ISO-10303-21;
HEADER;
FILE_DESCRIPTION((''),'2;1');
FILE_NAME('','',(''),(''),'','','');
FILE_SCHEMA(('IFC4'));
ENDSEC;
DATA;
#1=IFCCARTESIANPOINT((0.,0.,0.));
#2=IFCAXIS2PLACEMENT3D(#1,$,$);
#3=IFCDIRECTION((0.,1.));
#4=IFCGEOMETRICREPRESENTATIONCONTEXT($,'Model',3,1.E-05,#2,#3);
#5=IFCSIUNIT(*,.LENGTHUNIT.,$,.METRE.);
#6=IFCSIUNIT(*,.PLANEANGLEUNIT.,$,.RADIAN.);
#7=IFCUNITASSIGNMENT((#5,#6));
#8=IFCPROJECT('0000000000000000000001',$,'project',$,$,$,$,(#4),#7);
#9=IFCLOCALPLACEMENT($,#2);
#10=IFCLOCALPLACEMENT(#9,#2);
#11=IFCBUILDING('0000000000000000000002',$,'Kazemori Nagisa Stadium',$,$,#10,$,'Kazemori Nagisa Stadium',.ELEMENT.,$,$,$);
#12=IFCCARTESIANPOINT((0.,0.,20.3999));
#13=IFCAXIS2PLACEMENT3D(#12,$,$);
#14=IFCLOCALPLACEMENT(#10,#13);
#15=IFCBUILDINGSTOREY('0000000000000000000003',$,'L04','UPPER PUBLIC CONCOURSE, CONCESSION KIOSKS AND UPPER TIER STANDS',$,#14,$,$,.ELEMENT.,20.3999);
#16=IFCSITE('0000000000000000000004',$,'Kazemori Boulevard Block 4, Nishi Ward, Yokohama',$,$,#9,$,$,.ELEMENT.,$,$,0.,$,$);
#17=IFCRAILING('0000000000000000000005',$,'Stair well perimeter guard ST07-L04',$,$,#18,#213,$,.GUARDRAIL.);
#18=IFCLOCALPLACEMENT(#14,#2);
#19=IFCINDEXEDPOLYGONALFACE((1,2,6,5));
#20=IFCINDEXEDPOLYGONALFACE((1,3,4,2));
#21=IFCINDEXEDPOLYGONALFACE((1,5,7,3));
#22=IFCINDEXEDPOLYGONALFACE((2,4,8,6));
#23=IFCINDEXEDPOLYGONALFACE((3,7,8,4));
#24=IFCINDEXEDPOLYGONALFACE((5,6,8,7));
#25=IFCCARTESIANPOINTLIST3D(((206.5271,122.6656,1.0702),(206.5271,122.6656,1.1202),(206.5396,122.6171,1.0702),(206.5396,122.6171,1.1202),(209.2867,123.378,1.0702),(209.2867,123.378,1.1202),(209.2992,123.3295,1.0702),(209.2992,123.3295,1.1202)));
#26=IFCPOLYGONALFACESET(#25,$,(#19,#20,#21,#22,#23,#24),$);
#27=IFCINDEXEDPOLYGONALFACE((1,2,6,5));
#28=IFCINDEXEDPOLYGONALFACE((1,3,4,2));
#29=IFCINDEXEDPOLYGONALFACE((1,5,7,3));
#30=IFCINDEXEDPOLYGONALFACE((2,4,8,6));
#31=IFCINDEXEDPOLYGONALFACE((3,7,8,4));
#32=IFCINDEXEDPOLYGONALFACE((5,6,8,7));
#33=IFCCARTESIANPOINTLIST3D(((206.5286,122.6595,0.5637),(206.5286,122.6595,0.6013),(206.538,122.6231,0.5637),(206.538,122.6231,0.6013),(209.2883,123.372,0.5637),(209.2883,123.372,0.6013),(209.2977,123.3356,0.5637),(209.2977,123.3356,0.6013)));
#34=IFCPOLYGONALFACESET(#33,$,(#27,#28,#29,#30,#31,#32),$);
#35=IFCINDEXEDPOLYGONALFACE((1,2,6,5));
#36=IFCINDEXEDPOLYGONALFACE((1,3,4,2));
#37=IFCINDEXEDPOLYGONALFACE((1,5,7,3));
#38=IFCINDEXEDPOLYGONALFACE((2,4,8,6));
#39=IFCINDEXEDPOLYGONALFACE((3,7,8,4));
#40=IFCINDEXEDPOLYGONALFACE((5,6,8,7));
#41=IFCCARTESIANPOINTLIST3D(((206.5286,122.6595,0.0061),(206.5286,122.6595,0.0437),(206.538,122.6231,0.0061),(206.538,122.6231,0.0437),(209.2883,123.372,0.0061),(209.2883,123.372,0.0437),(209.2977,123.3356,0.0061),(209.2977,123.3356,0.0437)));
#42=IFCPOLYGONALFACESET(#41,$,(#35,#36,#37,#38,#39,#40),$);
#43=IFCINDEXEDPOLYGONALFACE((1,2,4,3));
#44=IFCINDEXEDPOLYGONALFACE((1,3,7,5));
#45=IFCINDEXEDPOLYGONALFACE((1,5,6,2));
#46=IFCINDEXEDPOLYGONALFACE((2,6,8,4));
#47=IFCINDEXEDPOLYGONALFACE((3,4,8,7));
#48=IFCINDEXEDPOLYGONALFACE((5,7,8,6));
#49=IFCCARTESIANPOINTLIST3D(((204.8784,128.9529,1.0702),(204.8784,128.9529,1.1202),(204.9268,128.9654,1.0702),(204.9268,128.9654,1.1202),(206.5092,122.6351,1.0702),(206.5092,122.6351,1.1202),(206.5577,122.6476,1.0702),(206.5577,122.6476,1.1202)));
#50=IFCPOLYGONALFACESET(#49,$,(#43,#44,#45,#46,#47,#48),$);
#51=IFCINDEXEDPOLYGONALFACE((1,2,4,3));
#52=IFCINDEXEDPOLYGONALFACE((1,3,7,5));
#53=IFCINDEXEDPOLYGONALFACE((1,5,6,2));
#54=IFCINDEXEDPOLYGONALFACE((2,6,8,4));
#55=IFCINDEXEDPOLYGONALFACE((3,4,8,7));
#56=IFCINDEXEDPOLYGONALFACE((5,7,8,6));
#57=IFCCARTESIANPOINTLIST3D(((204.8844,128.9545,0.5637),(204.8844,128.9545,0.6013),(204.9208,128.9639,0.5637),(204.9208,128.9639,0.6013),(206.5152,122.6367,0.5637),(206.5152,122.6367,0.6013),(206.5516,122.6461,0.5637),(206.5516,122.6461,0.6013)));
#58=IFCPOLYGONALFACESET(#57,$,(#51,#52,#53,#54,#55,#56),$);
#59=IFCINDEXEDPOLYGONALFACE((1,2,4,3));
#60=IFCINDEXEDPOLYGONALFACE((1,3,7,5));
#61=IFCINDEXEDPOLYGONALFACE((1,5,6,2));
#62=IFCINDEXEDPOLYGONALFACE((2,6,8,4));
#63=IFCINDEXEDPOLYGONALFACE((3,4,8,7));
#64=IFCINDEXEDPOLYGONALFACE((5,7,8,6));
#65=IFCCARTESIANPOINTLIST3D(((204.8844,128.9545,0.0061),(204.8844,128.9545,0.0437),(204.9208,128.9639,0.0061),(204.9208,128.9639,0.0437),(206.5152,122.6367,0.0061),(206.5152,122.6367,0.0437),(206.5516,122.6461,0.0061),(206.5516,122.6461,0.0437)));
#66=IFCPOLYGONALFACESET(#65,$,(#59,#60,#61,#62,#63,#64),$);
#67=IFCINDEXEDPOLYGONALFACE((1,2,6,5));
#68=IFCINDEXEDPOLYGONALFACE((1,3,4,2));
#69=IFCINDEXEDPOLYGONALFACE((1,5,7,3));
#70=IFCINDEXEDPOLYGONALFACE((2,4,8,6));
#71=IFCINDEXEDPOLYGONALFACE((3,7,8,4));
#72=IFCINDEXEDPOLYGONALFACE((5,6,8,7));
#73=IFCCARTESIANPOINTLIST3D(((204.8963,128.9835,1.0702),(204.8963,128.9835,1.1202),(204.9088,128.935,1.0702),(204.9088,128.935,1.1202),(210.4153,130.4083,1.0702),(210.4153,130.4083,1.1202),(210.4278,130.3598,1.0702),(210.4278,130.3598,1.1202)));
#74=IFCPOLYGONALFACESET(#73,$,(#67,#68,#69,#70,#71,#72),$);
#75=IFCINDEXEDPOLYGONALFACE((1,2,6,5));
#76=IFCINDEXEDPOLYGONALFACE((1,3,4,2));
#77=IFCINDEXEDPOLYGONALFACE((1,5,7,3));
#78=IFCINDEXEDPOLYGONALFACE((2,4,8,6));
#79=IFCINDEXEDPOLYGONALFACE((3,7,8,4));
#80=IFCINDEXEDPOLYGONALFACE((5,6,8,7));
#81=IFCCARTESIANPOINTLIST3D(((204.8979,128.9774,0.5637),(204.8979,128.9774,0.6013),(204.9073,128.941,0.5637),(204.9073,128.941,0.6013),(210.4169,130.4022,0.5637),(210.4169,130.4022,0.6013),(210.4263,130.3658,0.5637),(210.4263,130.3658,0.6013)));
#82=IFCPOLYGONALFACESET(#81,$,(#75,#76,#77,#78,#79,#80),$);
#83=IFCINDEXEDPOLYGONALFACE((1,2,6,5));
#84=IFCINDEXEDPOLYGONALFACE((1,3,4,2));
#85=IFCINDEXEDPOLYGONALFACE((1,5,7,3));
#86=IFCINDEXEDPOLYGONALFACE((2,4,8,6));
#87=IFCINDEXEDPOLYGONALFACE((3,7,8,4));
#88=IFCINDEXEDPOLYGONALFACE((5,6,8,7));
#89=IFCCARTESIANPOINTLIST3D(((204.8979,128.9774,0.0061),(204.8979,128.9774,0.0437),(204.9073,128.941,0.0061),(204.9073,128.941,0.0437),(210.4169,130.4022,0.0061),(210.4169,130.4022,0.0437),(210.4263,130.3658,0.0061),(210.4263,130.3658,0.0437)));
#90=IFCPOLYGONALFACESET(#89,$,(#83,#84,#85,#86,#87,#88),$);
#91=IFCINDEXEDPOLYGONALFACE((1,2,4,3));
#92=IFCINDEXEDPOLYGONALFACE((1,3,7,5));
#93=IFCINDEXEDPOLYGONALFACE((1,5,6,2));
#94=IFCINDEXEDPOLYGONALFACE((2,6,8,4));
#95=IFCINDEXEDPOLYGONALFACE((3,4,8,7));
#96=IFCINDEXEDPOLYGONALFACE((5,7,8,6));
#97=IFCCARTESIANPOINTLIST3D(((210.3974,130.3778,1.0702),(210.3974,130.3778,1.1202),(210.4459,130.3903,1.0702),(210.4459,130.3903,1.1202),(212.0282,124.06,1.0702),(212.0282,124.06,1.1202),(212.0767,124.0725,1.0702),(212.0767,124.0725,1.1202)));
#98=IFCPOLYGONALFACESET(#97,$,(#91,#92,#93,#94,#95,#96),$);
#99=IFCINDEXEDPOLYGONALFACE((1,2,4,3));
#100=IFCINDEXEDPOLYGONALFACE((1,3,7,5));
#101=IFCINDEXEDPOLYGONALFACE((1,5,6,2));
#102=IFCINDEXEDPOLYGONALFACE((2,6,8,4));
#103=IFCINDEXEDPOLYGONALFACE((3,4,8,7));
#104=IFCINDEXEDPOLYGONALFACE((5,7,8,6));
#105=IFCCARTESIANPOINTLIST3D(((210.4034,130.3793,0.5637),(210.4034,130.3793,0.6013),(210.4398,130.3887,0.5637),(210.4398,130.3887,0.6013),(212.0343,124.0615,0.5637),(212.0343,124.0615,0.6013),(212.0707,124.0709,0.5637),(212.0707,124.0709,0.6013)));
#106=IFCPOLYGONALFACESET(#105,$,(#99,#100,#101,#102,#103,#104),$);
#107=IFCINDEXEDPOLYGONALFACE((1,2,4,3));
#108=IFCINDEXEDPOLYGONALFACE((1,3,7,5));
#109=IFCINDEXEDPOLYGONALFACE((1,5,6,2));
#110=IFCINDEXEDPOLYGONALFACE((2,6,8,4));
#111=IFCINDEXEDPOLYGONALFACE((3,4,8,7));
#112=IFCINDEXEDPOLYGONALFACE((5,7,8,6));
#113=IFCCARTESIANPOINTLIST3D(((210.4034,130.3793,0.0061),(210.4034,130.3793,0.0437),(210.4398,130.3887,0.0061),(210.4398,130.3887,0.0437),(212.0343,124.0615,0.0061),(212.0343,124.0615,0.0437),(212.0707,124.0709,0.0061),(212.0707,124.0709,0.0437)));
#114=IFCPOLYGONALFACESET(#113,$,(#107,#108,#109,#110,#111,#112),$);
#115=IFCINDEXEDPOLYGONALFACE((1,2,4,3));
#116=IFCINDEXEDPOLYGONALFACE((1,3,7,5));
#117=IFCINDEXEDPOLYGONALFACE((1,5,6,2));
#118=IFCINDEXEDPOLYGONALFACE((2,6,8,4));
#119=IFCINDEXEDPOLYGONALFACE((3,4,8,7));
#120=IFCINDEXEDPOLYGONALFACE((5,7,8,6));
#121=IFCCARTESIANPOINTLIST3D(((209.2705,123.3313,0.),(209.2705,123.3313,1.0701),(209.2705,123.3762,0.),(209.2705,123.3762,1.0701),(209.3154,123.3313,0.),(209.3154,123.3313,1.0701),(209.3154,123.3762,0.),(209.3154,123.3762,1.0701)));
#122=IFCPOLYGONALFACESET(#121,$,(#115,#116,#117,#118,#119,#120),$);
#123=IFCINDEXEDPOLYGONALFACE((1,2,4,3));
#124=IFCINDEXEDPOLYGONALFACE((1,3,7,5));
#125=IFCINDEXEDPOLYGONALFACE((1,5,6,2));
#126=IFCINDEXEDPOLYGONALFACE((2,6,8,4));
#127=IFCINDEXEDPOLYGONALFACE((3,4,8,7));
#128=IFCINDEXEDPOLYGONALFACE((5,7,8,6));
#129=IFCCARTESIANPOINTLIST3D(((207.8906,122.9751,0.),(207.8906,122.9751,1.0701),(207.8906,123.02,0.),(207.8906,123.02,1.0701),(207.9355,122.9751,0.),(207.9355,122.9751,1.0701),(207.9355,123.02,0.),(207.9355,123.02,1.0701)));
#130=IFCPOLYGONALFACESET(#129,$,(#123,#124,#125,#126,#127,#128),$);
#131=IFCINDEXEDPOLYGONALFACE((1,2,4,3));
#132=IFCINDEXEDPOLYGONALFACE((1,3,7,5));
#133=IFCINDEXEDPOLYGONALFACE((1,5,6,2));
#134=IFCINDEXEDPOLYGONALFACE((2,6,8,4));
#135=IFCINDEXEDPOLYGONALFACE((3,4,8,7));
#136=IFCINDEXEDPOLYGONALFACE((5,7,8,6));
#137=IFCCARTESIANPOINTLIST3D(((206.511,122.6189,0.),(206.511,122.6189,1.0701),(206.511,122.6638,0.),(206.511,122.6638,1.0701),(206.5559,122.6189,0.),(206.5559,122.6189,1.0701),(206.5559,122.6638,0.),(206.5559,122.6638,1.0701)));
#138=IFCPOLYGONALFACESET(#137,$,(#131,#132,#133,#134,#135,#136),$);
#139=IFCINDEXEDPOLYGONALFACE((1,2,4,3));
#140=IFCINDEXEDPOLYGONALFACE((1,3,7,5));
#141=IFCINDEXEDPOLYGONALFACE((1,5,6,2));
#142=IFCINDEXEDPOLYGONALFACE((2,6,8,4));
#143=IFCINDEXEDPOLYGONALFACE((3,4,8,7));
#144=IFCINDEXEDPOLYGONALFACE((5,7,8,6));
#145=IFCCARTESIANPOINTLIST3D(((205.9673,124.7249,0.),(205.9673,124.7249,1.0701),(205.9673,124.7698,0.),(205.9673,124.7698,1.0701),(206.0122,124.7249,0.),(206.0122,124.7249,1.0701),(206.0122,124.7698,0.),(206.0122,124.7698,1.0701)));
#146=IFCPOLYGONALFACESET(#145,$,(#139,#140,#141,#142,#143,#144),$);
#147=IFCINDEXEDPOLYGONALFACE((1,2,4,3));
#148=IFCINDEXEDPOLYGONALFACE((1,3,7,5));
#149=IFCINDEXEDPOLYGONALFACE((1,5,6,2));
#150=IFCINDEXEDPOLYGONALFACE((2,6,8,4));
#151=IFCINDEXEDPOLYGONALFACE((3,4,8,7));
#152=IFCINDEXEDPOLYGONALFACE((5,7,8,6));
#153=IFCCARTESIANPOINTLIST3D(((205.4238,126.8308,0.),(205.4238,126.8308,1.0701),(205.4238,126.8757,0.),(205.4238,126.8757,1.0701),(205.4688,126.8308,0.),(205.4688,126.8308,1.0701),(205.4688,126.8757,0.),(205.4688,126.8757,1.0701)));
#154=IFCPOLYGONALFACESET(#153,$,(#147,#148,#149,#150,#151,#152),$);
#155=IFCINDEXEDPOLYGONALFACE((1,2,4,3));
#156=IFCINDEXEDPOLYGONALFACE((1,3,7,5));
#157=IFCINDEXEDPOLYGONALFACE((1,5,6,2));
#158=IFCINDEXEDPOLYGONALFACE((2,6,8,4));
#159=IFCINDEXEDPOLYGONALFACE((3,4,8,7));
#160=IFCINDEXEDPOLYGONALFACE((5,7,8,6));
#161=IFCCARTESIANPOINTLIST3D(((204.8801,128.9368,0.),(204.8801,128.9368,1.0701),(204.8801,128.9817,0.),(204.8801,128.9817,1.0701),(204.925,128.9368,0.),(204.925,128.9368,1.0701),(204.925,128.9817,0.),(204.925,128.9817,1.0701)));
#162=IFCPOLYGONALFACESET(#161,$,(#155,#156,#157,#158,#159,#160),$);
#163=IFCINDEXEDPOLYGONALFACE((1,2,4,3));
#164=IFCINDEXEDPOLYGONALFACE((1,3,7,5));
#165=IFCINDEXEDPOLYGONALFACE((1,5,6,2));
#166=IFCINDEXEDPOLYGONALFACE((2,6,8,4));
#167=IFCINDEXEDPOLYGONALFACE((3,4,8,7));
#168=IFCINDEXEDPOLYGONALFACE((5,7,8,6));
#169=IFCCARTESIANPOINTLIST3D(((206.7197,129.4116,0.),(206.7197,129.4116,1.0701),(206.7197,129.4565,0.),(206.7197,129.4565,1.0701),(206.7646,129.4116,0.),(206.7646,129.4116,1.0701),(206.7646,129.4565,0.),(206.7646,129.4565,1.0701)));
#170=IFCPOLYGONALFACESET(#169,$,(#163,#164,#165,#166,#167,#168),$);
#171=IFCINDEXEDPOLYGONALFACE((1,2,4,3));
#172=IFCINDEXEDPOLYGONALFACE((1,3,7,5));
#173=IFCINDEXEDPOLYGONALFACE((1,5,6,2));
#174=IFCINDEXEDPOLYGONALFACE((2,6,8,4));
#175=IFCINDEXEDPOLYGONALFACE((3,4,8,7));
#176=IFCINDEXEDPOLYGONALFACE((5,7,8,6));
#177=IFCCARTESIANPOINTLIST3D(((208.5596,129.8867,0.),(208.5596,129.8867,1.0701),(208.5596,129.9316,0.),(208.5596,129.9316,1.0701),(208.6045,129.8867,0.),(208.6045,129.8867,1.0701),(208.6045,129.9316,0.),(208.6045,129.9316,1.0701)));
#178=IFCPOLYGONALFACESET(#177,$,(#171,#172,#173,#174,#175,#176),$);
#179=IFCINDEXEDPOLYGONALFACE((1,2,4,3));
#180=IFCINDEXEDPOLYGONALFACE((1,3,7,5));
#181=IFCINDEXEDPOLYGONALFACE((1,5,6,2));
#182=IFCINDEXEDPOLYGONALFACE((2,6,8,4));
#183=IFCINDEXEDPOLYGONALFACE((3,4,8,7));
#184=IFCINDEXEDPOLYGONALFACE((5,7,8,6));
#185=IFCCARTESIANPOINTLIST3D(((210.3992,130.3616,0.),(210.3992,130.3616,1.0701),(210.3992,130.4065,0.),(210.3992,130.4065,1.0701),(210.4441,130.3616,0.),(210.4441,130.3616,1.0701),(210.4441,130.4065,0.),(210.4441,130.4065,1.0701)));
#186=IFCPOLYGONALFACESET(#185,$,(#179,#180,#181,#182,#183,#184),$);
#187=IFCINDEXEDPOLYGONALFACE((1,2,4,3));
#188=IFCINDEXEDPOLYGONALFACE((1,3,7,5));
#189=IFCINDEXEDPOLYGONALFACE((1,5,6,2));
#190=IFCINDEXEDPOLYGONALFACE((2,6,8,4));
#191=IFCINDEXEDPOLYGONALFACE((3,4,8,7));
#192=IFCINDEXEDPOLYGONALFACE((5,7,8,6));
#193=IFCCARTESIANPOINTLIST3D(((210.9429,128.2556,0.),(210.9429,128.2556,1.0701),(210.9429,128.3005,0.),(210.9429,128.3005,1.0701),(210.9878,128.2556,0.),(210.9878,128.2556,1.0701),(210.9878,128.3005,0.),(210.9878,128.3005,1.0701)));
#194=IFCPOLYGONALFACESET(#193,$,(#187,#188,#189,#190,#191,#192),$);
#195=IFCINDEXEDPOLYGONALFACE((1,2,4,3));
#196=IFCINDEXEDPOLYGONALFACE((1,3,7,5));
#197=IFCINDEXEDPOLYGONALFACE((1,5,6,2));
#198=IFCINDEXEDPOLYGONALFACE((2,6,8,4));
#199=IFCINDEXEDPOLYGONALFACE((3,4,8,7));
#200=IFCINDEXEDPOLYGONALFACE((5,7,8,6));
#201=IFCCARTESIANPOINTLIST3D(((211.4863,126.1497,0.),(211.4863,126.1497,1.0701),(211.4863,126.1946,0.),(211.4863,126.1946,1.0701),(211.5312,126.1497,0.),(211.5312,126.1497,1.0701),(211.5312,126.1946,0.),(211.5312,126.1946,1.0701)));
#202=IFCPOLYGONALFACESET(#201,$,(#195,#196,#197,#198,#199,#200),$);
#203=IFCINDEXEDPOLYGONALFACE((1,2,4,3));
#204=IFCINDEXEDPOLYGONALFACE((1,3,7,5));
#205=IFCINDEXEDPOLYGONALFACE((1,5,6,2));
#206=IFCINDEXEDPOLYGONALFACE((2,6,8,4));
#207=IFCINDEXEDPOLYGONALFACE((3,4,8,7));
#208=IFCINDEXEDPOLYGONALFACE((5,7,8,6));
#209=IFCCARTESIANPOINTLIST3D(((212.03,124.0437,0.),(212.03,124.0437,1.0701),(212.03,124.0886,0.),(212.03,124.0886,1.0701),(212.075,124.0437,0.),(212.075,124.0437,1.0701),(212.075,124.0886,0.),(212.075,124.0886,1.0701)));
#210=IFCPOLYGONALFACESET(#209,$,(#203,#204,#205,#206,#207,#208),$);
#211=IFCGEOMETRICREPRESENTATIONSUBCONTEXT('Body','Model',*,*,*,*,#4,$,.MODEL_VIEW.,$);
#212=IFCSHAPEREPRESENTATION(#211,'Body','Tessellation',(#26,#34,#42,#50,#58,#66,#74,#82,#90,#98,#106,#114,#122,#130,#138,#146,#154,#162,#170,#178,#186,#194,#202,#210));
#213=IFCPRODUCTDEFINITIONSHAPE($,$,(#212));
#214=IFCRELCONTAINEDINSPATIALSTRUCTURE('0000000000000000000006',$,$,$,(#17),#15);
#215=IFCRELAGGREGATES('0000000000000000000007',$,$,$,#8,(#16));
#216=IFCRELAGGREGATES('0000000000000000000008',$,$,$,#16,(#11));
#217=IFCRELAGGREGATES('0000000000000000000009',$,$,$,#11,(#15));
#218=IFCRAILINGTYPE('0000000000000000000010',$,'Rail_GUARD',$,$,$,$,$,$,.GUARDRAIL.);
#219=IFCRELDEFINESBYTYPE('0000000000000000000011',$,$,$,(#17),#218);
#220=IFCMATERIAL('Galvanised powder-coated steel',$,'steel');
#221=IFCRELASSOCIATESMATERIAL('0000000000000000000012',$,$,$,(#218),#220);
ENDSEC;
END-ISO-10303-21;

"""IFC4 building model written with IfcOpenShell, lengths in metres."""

from ifc_helpers import new_model, si_unit, direction, frame, origin, origin_2d, place, context, subcontext, project, spatial, rectangle, extrude, material, type_object, element, save


model = new_model("IFC4")

# Units and contexts
model_context = context("Model", 3, precision=1e-05, world=origin(), true_north=direction((0.0, 1.0)))
body_context = subcontext(model_context, "Body", "Model", "MODEL_VIEW")
ifc_project = project(units=[si_unit("LENGTHUNIT", "METRE"), si_unit("PLANEANGLEUNIT", "RADIAN")], contexts=[model_context])

# Site, building, storey
site_placement = place(None, origin())
site = spatial("IfcSite", under=ifc_project, at=site_placement, Name="Kazemori Boulevard Block 4, Nishi Ward, Yokohama", CompositionType="ELEMENT", RefElevation=0.0)
building_placement = place(site_placement, origin())
building = spatial("IfcBuilding", under=site, at=building_placement, Name="Kazemori Nagisa Stadium", LongName="Kazemori Nagisa Stadium", CompositionType="ELEMENT")
storey_placement = place(building_placement, frame((0.0, 0.0, 20.3999)))
storey = spatial("IfcBuildingStorey", under=building, at=storey_placement, Name="L04", Description="UPPER PUBLIC CONCOURSE, CONCESSION KIOSKS AND UPPER TIER STANDS", CompositionType="ELEMENT", Elevation=20.3999)

# Railing
ifc_material_1 = material(Name="Galvanised powder-coated steel", Category="steel")
railing_type = type_object("IfcRailingType", Name="Rail_GUARD", PredefinedType="GUARDRAIL", material=ifc_material_1)
railing_placement = place(storey_placement, frame((209.293, 123.3538, 0.0)))
element("IfcRailing", 1, at=railing_placement, inside=storey, type_object=railing_type, Name="Stair well perimeter guard ST07-L04", PredefinedType="GUARDRAIL", context=body_context, shape_type="SweptSolid", body=[
    extrude(rectangle(XDim=0.05, YDim=0.05, at=origin_2d()), frame((0.0, 0.0, 1.0952), z_axis=(-0.968255, -0.249966, 0.0), x_axis=(0.249966, -0.968255, 0.0)), (0.0, 0.0, 1.0), 2.8501),
    extrude(rectangle(XDim=0.0376, YDim=0.0376, at=origin_2d()), frame((0.0, 0.0, 0.5825), z_axis=(-0.968255, -0.249966, 0.0), x_axis=(0.249966, -0.968255, 0.0)), (0.0, 0.0, 1.0), 2.8501),
    extrude(rectangle(XDim=0.0376, YDim=0.0376, at=origin_2d()), frame((0.0, 0.0, 0.0249), z_axis=(-0.968255, -0.249966, 0.0), x_axis=(0.249966, -0.968255, 0.0)), (0.0, 0.0, 1.0), 2.8501),
    extrude(rectangle(XDim=0.05, YDim=0.05, at=origin_2d()), frame((-2.7595, -0.7124, 1.0952), z_axis=(-0.249941, 0.968261, 0.0), x_axis=(-0.968261, -0.249941, 0.0)), (0.0, 0.0, 1.0), 6.5249),
    extrude(rectangle(XDim=0.0376, YDim=0.0376, at=origin_2d()), frame((-2.7595, -0.7124, 0.5825), z_axis=(-0.249941, 0.968261, 0.0), x_axis=(-0.968261, -0.249941, 0.0)), (0.0, 0.0, 1.0), 6.5249),
    extrude(rectangle(XDim=0.0376, YDim=0.0376, at=origin_2d()), frame((-2.7595, -0.7124, 0.0249), z_axis=(-0.249941, 0.968261, 0.0), x_axis=(-0.968261, -0.249941, 0.0)), (0.0, 0.0, 1.0), 6.5249),
    extrude(rectangle(XDim=0.05, YDim=0.05, at=origin_2d()), frame((-4.3904, 5.6055, 1.0952), z_axis=(0.968255, 0.249966, 0.0), x_axis=(-0.249966, 0.968255, 0.0)), (0.0, 0.0, 1.0), 5.7),
    extrude(rectangle(XDim=0.0376, YDim=0.0376, at=origin_2d()), frame((-4.3904, 5.6055, 0.5825), z_axis=(0.968255, 0.249966, 0.0), x_axis=(-0.249966, 0.968255, 0.0)), (0.0, 0.0, 1.0), 5.7),
    extrude(rectangle(XDim=0.0376, YDim=0.0376, at=origin_2d()), frame((-4.3904, 5.6055, 0.0249), z_axis=(0.968255, 0.249966, 0.0), x_axis=(-0.249966, 0.968255, 0.0)), (0.0, 0.0, 1.0), 5.7),
    extrude(rectangle(XDim=0.05, YDim=0.05, at=origin_2d()), frame((1.1287, 7.0303, 1.0952), z_axis=(0.249941, -0.968261, 0.0), x_axis=(0.968261, 0.249941, 0.0)), (0.0, 0.0, 1.0), 6.5249),
    extrude(rectangle(XDim=0.0376, YDim=0.0376, at=origin_2d()), frame((1.1287, 7.0303, 0.5825), z_axis=(0.249941, -0.968261, 0.0), x_axis=(0.968261, 0.249941, 0.0)), (0.0, 0.0, 1.0), 6.5249),
    extrude(rectangle(XDim=0.0376, YDim=0.0376, at=origin_2d()), frame((1.1287, 7.0303, 0.0249), z_axis=(0.249941, -0.968261, 0.0), x_axis=(0.968261, 0.249941, 0.0)), (0.0, 0.0, 1.0), 6.5249),
    extrude(rectangle(XDim=0.0449, YDim=0.0449, at=origin_2d()), origin(), (0.0, 0.0, 1.0), 1.0701),
    extrude(rectangle(XDim=0.0449, YDim=0.0449, at=origin_2d()), frame((-1.3799, -0.3562, 0.0)), (0.0, 0.0, 1.0), 1.0701),
    extrude(rectangle(XDim=0.0449, YDim=0.0449, at=origin_2d()), frame((-2.7595, -0.7124, 0.0)), (0.0, 0.0, 1.0), 1.0701),
    extrude(rectangle(XDim=0.0449, YDim=0.0449, at=origin_2d()), frame((-3.3032, 1.3936, 0.0)), (0.0, 0.0, 1.0), 1.0701),
    extrude(rectangle(XDim=0.0449, YDim=0.0449, at=origin_2d()), frame((-3.8467, 3.4995, 0.0)), (0.0, 0.0, 1.0), 1.0701),
    extrude(rectangle(XDim=0.0449, YDim=0.0449, at=origin_2d()), frame((-4.3904, 5.6055, 0.0)), (0.0, 0.0, 1.0), 1.0701),
    extrude(rectangle(XDim=0.0449, YDim=0.0449, at=origin_2d()), frame((-2.5508, 6.0803, 0.0)), (0.0, 0.0, 1.0), 1.0701),
    extrude(rectangle(XDim=0.0449, YDim=0.0449, at=origin_2d()), frame((-0.7109, 6.5554, 0.0)), (0.0, 0.0, 1.0), 1.0701),
    extrude(rectangle(XDim=0.0449, YDim=0.0449, at=origin_2d()), frame((1.1287, 7.0303, 0.0)), (0.0, 0.0, 1.0), 1.0701),
    extrude(rectangle(XDim=0.0449, YDim=0.0449, at=origin_2d()), frame((1.6724, 4.9243, 0.0)), (0.0, 0.0, 1.0), 1.0701),
    extrude(rectangle(XDim=0.0449, YDim=0.0449, at=origin_2d()), frame((2.2158, 2.8184, 0.0)), (0.0, 0.0, 1.0), 1.0701),
    extrude(rectangle(XDim=0.0449, YDim=0.0449, at=origin_2d()), frame((2.7595, 0.7124, 0.0)), (0.0, 0.0, 1.0), 1.0701),
])

save(model, "model.ifc")
